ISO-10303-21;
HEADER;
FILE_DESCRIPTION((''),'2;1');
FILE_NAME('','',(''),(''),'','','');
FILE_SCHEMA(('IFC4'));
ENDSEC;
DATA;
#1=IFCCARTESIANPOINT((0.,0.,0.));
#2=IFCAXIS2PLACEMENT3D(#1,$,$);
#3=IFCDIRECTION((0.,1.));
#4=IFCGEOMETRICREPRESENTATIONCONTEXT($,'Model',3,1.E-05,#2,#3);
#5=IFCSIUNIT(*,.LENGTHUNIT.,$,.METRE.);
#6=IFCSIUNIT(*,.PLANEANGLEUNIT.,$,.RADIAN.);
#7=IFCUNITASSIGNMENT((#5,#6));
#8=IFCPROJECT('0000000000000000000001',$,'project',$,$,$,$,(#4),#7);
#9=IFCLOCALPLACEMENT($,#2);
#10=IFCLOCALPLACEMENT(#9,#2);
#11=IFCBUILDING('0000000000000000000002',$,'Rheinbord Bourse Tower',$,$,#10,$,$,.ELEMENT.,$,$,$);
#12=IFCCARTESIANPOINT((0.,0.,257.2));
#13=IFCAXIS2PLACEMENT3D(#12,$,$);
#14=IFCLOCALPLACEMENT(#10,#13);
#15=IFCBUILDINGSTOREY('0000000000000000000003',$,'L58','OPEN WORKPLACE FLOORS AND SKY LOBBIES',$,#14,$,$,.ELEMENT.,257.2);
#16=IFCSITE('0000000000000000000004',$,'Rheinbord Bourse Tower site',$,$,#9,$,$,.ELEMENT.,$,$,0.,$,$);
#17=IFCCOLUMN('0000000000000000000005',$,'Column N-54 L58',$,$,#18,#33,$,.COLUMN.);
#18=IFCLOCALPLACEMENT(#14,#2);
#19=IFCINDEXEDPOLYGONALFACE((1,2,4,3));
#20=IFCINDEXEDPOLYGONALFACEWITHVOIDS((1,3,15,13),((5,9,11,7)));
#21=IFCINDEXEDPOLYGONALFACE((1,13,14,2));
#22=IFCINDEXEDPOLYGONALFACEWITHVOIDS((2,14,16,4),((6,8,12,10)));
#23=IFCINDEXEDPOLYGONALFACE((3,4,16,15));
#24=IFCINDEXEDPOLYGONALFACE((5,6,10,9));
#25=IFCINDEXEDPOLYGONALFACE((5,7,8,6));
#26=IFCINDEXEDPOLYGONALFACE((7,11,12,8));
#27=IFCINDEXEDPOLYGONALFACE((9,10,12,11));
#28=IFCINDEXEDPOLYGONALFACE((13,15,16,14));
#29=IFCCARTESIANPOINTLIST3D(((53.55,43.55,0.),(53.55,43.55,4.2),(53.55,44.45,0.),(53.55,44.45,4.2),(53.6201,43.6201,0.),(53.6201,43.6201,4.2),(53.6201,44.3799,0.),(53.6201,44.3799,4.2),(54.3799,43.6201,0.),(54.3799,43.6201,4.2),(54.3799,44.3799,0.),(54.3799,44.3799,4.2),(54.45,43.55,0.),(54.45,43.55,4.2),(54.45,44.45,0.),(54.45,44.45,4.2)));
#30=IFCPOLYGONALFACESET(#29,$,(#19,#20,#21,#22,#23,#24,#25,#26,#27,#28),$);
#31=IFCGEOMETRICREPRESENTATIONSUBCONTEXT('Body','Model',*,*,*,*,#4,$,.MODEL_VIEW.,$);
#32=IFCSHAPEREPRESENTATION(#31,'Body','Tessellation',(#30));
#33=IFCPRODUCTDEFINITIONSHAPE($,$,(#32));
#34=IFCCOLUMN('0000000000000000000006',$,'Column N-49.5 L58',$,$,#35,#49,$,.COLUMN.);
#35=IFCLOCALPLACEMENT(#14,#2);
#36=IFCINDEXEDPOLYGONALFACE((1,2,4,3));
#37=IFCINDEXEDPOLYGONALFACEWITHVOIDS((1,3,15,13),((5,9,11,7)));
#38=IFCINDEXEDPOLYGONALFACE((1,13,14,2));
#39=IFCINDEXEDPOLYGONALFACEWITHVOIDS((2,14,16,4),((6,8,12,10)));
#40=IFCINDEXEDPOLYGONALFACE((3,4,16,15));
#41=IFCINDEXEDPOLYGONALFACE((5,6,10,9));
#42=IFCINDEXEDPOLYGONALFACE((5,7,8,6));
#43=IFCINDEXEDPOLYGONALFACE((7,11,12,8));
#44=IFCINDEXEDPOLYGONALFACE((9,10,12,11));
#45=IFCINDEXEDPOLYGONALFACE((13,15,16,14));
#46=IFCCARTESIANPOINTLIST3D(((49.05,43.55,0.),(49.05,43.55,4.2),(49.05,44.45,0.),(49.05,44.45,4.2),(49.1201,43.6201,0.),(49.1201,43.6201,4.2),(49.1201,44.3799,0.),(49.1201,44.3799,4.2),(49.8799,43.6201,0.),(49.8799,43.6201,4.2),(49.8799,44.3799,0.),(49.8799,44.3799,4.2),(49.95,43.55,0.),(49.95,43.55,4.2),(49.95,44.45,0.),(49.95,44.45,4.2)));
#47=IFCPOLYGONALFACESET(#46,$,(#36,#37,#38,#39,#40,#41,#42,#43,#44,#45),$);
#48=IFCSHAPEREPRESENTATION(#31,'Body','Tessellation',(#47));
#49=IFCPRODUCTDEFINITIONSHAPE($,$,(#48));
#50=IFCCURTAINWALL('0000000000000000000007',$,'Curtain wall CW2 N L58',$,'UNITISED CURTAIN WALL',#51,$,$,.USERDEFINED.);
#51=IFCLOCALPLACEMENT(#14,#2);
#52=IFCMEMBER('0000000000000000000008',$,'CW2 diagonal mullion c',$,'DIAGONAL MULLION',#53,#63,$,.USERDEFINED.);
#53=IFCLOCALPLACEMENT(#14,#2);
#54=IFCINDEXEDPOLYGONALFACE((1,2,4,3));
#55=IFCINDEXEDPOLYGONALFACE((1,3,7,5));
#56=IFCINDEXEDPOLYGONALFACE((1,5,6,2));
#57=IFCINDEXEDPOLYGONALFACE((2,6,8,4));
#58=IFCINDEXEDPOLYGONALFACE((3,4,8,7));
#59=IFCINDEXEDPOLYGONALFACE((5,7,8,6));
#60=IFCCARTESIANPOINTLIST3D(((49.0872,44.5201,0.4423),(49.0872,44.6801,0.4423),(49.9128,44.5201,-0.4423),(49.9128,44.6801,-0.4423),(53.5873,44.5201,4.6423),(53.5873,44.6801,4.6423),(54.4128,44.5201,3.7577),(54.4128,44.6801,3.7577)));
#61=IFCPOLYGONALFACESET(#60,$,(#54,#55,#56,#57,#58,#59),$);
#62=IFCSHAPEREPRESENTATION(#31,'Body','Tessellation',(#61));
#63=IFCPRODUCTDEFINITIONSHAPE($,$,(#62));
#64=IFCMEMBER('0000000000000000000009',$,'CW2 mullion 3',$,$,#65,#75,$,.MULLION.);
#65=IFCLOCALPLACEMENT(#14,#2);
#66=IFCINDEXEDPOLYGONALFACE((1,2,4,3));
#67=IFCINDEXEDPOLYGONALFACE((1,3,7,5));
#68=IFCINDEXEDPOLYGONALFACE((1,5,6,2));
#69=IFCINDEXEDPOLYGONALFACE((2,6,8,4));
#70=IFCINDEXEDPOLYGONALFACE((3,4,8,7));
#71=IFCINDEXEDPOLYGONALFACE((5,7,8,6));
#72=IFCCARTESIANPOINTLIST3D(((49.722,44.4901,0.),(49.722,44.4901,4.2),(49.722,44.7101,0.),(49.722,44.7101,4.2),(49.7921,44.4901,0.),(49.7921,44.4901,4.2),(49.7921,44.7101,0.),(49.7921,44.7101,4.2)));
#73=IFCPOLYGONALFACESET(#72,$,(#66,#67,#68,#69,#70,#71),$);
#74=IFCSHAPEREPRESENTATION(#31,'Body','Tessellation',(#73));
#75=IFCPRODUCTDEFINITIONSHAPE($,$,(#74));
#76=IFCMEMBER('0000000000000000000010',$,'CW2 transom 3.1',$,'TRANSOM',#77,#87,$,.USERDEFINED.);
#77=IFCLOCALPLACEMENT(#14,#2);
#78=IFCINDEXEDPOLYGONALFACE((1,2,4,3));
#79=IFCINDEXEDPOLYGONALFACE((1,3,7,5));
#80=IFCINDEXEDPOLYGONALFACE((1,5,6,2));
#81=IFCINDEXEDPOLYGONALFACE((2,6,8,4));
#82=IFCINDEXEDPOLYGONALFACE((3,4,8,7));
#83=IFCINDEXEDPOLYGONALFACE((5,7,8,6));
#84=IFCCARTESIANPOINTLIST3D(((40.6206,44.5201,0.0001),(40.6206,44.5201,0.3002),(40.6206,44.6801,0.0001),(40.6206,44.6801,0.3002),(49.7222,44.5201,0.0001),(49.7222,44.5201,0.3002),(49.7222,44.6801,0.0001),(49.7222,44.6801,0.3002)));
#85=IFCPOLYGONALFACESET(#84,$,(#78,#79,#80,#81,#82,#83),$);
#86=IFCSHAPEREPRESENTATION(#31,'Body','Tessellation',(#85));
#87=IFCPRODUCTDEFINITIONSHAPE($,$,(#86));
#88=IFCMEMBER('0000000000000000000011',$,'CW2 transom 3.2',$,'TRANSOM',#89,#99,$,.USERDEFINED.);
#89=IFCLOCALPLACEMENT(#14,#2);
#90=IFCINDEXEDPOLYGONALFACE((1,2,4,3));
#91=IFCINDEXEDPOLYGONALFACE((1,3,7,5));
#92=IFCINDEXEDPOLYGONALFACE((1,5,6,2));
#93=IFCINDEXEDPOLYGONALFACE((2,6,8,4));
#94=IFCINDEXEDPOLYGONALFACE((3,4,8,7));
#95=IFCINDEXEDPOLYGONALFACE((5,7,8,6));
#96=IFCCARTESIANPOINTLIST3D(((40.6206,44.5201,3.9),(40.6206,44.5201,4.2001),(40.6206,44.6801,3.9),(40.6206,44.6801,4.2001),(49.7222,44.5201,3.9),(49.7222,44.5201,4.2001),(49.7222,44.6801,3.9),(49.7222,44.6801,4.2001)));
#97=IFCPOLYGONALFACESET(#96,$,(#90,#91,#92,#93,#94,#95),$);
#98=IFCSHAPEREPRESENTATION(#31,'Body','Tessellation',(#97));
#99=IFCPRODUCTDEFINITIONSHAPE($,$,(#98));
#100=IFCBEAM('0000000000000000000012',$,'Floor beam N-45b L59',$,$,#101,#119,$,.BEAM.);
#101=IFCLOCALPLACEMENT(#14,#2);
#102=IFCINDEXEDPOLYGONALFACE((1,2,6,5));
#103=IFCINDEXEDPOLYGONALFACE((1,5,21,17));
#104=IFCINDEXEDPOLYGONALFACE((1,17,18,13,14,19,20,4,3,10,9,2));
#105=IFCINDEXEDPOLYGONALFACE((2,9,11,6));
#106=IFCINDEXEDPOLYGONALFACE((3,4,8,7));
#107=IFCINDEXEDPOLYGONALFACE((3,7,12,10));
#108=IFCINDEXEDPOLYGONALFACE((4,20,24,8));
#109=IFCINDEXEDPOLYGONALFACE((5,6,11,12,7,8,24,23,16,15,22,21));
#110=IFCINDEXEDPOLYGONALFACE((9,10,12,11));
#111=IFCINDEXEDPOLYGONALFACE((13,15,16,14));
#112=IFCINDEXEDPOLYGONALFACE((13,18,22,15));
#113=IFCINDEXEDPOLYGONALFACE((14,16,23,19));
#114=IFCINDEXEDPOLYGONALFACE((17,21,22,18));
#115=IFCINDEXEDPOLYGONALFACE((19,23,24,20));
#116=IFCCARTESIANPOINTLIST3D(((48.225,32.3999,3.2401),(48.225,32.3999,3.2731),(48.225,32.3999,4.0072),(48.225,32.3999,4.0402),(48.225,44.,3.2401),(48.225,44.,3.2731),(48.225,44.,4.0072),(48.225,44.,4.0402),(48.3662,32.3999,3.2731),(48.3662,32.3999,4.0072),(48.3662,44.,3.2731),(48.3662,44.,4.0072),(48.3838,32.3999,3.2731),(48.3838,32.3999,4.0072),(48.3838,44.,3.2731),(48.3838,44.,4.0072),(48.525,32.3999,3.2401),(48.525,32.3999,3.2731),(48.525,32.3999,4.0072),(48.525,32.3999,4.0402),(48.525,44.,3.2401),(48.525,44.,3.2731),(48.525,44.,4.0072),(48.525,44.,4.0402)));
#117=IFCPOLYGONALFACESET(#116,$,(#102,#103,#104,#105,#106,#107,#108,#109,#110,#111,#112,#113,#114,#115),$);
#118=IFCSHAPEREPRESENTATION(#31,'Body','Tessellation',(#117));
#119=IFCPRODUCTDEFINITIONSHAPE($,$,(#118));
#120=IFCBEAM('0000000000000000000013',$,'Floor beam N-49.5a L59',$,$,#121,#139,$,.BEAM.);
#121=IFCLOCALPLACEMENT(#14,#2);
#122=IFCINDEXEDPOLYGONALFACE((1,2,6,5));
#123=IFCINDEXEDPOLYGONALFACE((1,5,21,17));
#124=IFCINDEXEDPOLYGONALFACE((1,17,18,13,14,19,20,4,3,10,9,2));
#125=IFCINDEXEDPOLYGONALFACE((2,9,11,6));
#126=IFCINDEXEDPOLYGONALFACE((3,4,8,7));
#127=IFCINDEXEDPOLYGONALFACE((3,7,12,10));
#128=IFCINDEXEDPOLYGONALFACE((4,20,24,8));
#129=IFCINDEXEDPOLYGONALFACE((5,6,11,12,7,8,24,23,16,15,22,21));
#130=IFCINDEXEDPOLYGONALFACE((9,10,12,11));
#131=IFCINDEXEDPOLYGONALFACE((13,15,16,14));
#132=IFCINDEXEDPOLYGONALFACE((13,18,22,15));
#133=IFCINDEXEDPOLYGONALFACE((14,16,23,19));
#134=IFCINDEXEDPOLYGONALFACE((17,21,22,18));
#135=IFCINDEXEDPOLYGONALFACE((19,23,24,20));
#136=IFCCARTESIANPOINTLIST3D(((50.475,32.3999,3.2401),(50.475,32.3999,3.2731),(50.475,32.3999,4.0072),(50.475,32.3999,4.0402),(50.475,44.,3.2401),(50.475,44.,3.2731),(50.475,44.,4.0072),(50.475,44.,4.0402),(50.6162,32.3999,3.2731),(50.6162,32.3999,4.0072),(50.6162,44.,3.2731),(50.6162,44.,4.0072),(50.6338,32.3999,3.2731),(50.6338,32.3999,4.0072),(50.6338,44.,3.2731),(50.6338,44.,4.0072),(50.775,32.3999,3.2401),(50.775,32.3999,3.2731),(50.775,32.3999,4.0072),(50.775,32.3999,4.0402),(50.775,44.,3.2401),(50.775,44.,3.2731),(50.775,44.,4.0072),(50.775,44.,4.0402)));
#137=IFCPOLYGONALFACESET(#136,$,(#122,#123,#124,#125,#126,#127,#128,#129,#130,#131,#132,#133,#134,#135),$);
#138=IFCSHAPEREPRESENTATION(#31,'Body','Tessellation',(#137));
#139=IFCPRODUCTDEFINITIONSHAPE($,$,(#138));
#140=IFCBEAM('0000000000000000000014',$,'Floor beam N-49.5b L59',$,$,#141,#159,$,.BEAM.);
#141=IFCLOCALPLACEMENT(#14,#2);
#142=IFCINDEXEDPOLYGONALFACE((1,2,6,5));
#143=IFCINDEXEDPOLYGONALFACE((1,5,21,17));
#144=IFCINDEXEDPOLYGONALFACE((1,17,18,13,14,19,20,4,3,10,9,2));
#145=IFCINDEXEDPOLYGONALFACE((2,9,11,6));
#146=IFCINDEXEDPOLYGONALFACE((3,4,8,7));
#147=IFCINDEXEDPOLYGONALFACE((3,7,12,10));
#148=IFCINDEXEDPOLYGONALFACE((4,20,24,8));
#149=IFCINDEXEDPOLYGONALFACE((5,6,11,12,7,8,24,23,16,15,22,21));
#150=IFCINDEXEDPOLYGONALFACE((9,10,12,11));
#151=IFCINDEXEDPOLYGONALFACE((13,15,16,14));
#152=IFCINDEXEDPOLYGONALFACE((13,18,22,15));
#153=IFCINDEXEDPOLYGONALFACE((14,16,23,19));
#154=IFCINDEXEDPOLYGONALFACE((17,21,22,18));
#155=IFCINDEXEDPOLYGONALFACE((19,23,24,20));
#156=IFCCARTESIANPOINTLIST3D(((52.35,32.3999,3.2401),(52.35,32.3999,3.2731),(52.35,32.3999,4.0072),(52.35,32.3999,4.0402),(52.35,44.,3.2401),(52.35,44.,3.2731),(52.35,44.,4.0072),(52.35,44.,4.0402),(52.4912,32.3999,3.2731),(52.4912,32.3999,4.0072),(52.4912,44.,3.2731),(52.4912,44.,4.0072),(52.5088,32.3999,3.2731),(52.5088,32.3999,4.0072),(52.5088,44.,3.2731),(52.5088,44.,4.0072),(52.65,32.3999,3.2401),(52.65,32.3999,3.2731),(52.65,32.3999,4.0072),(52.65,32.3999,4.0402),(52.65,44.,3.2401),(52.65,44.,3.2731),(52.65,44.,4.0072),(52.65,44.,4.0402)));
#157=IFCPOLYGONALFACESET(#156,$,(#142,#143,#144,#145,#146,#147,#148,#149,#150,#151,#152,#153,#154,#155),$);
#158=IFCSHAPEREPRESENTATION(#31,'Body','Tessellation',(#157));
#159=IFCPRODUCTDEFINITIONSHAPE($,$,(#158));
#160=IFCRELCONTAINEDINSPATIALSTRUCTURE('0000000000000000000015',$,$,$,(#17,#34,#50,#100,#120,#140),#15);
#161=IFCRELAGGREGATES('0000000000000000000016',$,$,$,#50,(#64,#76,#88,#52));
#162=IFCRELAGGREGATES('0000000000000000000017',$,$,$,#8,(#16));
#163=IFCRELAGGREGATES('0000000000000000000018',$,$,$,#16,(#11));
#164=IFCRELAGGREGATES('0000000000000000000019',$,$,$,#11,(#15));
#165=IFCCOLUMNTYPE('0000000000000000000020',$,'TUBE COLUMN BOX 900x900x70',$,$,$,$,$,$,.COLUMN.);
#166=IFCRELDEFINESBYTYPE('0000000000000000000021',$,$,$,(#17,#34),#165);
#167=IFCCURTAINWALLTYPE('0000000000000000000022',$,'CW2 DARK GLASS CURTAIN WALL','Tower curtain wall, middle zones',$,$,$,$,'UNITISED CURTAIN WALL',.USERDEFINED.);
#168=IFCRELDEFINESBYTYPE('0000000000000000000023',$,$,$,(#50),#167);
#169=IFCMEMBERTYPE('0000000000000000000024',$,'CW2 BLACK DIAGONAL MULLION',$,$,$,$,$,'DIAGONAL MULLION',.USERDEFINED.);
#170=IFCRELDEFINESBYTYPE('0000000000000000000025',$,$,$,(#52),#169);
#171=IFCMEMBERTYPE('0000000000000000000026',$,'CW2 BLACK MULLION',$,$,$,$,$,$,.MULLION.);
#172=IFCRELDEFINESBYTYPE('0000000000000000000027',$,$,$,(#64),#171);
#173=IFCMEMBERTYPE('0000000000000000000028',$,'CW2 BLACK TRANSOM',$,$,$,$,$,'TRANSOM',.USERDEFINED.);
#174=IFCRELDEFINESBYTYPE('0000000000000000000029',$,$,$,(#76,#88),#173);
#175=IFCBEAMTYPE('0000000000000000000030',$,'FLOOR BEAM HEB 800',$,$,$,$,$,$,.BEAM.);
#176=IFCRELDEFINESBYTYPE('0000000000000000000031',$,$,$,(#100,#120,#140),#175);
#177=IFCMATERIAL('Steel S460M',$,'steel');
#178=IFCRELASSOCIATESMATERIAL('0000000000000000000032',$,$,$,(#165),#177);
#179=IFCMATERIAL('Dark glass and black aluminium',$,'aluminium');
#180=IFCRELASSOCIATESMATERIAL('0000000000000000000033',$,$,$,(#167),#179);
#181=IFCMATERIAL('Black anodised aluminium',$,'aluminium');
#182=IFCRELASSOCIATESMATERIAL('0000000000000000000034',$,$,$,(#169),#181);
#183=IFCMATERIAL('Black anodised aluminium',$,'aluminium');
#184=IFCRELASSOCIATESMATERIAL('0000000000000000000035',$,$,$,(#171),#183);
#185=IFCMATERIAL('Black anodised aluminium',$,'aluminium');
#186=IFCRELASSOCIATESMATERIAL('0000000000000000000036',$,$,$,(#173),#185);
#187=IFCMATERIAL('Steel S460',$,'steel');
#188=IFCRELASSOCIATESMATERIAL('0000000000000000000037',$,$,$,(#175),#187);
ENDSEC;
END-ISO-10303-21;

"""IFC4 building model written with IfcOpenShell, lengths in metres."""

from ifc_helpers import new_model, si_unit, direction, frame, origin, origin_2d, place, context, subcontext, project, spatial, rectangle, hollow_rectangle, i_section, extrude, material, material_profile, profile_set, type_object, element, aggregate, save


model = new_model("IFC4")

# Units and contexts
model_context = context("Model", 3, precision=1e-05, world=origin(), true_north=direction((0.0, 1.0)))
body_context = subcontext(model_context, "Body", "Model", "MODEL_VIEW")
ifc_project = project(units=[si_unit("LENGTHUNIT", "METRE"), si_unit("PLANEANGLEUNIT", "RADIAN")], contexts=[model_context])

# Site, building, storey
site_placement = place(None, origin())
site = spatial("IfcSite", under=ifc_project, at=site_placement, Name="Rheinbord Bourse Tower site", CompositionType="ELEMENT", RefElevation=0.0)
building_placement = place(site_placement, origin())
building = spatial("IfcBuilding", under=site, at=building_placement, Name="Rheinbord Bourse Tower", CompositionType="ELEMENT")
storey_placement = place(building_placement, frame((0.0, 0.0, 257.2)))
storey = spatial("IfcBuildingStorey", under=building, at=storey_placement, Name="L58", Description="OPEN WORKPLACE FLOORS AND SKY LOBBIES", CompositionType="ELEMENT", Elevation=257.2)

# Columns
ifc_material_1 = material(Name="Steel S460M", Category="steel")
ifc_material_profile_1 = material_profile(ifc_material_1, hollow_rectangle(XDim=0.8999, YDim=0.8999, WallThickness=0.0701, at=origin_2d()), Name="BOX 900x900x70")
ifc_profile_set_1 = profile_set([ifc_material_profile_1], Name="Steel S460M")
column_type = type_object("IfcColumnType", Name="TUBE COLUMN BOX 900x900x70", PredefinedType="COLUMN", material=ifc_profile_set_1)
for number, where, z_axis, x_axis, name in (
    (1, (54.0, 44.0, 0.0), (0.0, 0.0, 1.0), (0.0, 1.0, 0.0), "Column N-54 L58"),
    (2, (49.5, 44.0, 0.0), (0.0, 0.0, 1.0), (0.0, 1.0, 0.0), "Column N-49.5 L58"),
):
    element("IfcColumn", number, at=place(storey_placement, frame(where, z_axis=z_axis, x_axis=x_axis)), inside=storey, type_object=column_type, Name=name, PredefinedType="COLUMN", context=body_context, shape_type="SweptSolid", body=[
        extrude(hollow_rectangle(XDim=0.8999, YDim=0.8999, WallThickness=0.0701, at=origin_2d()), origin(), (0.0, 0.0, 1.0), 4.2),
    ])

# Curtain wall, members
ifc_material_2 = material(Name="Dark glass and black aluminium", Category="aluminium")
curtain_wall_type = type_object("IfcCurtainWallType", Name="CW2 DARK GLASS CURTAIN WALL", Description="Tower curtain wall, middle zones", ElementType="UNITISED CURTAIN WALL", PredefinedType="USERDEFINED", material=ifc_material_2)
curtain_wall_placement = place(storey_placement, origin())
curtain_wall = element("IfcCurtainWall", 3, at=curtain_wall_placement, inside=storey, type_object=curtain_wall_type, Name="Curtain wall CW2 N L58", ObjectType="UNITISED CURTAIN WALL", PredefinedType="USERDEFINED")
ifc_material_3 = material(Name="Black anodised aluminium", Category="aluminium")
ifc_material_profile_2 = material_profile(ifc_material_3, rectangle(XDim=0.1599, YDim=1.21, at=origin_2d()), Name="CW2 DIAGONAL MULLION 1210x160")
ifc_profile_set_2 = profile_set([ifc_material_profile_2], Name="Black anodised aluminium")
member_type_1 = type_object("IfcMemberType", Name="CW2 BLACK DIAGONAL MULLION", ElementType="DIAGONAL MULLION", PredefinedType="USERDEFINED", material=ifc_profile_set_2)
member_1_placement = place(storey_placement, frame((49.5, 44.6001, 0.0), z_axis=(0.731059, 0.0, 0.682314), x_axis=(0.0, 1.0, 0.0)))
member_1 = element("IfcMember", 4, at=member_1_placement, type_object=member_type_1, Name="CW2 diagonal mullion c", ObjectType="DIAGONAL MULLION", PredefinedType="USERDEFINED", context=body_context, shape_type="SweptSolid", body=[
    extrude(rectangle(XDim=0.1599, YDim=1.21, at=origin_2d()), origin(), (0.0, 0.0, 1.0), 6.1555),
])
ifc_material_4 = material(Name="Black anodised aluminium", Category="aluminium")
ifc_material_profile_3 = material_profile(ifc_material_4, rectangle(XDim=0.22, YDim=0.0701, at=origin_2d()), Name="CW2 MULLION 70x220")
ifc_profile_set_3 = profile_set([ifc_material_profile_3], Name="Black anodised aluminium")
member_type_2 = type_object("IfcMemberType", Name="CW2 BLACK MULLION", PredefinedType="MULLION", material=ifc_profile_set_3)
member_2_placement = place(storey_placement, frame((49.7571, 44.6001, 0.0), z_axis=(0.0, 0.0, 1.0), x_axis=(0.0, -1.0, 0.0)))
member_2 = element("IfcMember", 5, at=member_2_placement, type_object=member_type_2, Name="CW2 mullion 3", PredefinedType="MULLION", context=body_context, shape_type="SweptSolid", body=[
    extrude(rectangle(XDim=0.22, YDim=0.0701, at=origin_2d()), origin(), (0.0, 0.0, 1.0), 4.2),
])
ifc_material_5 = material(Name="Black anodised aluminium", Category="aluminium")
ifc_material_profile_4 = material_profile(ifc_material_5, rectangle(XDim=0.1599, YDim=0.3, at=origin_2d()), Name="CW2 TRANSOM 300x160")
ifc_profile_set_4 = profile_set([ifc_material_profile_4], Name="Black anodised aluminium")
member_type_3 = type_object("IfcMemberType", Name="CW2 BLACK TRANSOM", ElementType="TRANSOM", PredefinedType="USERDEFINED", material=ifc_profile_set_4)
member_3_placement = place(storey_placement, frame((49.7222, 44.6001, 0.1501), z_axis=(-1.0, 0.0, 0.0), x_axis=(0.0, -1.0, 0.0)))
member_3 = element("IfcMember", 6, at=member_3_placement, type_object=member_type_3, Name="CW2 transom 3.1", ObjectType="TRANSOM", PredefinedType="USERDEFINED", context=body_context, shape_type="SweptSolid", body=[
    extrude(rectangle(XDim=0.1599, YDim=0.3, at=origin_2d()), origin(), (0.0, 0.0, 1.0), 9.1016),
])
member_4_placement = place(storey_placement, frame((49.7222, 44.6001, 4.05), z_axis=(-1.0, 0.0, 0.0), x_axis=(0.0, -1.0, 0.0)))
member_4 = element("IfcMember", 7, at=member_4_placement, type_object=member_type_3, Name="CW2 transom 3.2", ObjectType="TRANSOM", PredefinedType="USERDEFINED", context=body_context, shape_type="SweptSolid", body=[
    extrude(rectangle(XDim=0.1599, YDim=0.3, at=origin_2d()), origin(), (0.0, 0.0, 1.0), 9.1016),
])

# Beams
ifc_material_6 = material(Name="Steel S460", Category="steel")
ifc_material_profile_5 = material_profile(ifc_material_6, i_section(OverallWidth=0.3, OverallDepth=0.8, WebThickness=0.0176, FlangeThickness=0.033, at=origin_2d()), Name="HEB 800")
ifc_profile_set_5 = profile_set([ifc_material_profile_5], Name="Steel S460")
beam_type_1 = type_object("IfcBeamType", Name="FLOOR BEAM HEB 800", PredefinedType="BEAM", material=ifc_profile_set_5)
for number, where, z_axis, x_axis, name in (
    (8, (48.375, 44.0, 3.6401), (0.0, -1.0, 0.0), (1.0, 0.0, 0.0), "Floor beam N-45b L59"),
    (9, (50.625, 44.0, 3.6401), (0.0, -1.0, 0.0), (1.0, 0.0, 0.0), "Floor beam N-49.5a L59"),
    (10, (52.5, 44.0, 3.6401), (0.0, -1.0, 0.0), (1.0, 0.0, 0.0), "Floor beam N-49.5b L59"),
):
    element("IfcBeam", number, at=place(storey_placement, frame(where, z_axis=z_axis, x_axis=x_axis)), inside=storey, type_object=beam_type_1, Name=name, PredefinedType="BEAM", context=body_context, shape_type="SweptSolid", body=[
        extrude(i_section(OverallWidth=0.3, OverallDepth=0.8, WebThickness=0.0176, FlangeThickness=0.033, at=origin_2d()), origin(), (0.0, 0.0, 1.0), 11.6001),
    ])

aggregate(curtain_wall, [member_2, member_3, member_4, member_1])

save(model, "model.ifc")
